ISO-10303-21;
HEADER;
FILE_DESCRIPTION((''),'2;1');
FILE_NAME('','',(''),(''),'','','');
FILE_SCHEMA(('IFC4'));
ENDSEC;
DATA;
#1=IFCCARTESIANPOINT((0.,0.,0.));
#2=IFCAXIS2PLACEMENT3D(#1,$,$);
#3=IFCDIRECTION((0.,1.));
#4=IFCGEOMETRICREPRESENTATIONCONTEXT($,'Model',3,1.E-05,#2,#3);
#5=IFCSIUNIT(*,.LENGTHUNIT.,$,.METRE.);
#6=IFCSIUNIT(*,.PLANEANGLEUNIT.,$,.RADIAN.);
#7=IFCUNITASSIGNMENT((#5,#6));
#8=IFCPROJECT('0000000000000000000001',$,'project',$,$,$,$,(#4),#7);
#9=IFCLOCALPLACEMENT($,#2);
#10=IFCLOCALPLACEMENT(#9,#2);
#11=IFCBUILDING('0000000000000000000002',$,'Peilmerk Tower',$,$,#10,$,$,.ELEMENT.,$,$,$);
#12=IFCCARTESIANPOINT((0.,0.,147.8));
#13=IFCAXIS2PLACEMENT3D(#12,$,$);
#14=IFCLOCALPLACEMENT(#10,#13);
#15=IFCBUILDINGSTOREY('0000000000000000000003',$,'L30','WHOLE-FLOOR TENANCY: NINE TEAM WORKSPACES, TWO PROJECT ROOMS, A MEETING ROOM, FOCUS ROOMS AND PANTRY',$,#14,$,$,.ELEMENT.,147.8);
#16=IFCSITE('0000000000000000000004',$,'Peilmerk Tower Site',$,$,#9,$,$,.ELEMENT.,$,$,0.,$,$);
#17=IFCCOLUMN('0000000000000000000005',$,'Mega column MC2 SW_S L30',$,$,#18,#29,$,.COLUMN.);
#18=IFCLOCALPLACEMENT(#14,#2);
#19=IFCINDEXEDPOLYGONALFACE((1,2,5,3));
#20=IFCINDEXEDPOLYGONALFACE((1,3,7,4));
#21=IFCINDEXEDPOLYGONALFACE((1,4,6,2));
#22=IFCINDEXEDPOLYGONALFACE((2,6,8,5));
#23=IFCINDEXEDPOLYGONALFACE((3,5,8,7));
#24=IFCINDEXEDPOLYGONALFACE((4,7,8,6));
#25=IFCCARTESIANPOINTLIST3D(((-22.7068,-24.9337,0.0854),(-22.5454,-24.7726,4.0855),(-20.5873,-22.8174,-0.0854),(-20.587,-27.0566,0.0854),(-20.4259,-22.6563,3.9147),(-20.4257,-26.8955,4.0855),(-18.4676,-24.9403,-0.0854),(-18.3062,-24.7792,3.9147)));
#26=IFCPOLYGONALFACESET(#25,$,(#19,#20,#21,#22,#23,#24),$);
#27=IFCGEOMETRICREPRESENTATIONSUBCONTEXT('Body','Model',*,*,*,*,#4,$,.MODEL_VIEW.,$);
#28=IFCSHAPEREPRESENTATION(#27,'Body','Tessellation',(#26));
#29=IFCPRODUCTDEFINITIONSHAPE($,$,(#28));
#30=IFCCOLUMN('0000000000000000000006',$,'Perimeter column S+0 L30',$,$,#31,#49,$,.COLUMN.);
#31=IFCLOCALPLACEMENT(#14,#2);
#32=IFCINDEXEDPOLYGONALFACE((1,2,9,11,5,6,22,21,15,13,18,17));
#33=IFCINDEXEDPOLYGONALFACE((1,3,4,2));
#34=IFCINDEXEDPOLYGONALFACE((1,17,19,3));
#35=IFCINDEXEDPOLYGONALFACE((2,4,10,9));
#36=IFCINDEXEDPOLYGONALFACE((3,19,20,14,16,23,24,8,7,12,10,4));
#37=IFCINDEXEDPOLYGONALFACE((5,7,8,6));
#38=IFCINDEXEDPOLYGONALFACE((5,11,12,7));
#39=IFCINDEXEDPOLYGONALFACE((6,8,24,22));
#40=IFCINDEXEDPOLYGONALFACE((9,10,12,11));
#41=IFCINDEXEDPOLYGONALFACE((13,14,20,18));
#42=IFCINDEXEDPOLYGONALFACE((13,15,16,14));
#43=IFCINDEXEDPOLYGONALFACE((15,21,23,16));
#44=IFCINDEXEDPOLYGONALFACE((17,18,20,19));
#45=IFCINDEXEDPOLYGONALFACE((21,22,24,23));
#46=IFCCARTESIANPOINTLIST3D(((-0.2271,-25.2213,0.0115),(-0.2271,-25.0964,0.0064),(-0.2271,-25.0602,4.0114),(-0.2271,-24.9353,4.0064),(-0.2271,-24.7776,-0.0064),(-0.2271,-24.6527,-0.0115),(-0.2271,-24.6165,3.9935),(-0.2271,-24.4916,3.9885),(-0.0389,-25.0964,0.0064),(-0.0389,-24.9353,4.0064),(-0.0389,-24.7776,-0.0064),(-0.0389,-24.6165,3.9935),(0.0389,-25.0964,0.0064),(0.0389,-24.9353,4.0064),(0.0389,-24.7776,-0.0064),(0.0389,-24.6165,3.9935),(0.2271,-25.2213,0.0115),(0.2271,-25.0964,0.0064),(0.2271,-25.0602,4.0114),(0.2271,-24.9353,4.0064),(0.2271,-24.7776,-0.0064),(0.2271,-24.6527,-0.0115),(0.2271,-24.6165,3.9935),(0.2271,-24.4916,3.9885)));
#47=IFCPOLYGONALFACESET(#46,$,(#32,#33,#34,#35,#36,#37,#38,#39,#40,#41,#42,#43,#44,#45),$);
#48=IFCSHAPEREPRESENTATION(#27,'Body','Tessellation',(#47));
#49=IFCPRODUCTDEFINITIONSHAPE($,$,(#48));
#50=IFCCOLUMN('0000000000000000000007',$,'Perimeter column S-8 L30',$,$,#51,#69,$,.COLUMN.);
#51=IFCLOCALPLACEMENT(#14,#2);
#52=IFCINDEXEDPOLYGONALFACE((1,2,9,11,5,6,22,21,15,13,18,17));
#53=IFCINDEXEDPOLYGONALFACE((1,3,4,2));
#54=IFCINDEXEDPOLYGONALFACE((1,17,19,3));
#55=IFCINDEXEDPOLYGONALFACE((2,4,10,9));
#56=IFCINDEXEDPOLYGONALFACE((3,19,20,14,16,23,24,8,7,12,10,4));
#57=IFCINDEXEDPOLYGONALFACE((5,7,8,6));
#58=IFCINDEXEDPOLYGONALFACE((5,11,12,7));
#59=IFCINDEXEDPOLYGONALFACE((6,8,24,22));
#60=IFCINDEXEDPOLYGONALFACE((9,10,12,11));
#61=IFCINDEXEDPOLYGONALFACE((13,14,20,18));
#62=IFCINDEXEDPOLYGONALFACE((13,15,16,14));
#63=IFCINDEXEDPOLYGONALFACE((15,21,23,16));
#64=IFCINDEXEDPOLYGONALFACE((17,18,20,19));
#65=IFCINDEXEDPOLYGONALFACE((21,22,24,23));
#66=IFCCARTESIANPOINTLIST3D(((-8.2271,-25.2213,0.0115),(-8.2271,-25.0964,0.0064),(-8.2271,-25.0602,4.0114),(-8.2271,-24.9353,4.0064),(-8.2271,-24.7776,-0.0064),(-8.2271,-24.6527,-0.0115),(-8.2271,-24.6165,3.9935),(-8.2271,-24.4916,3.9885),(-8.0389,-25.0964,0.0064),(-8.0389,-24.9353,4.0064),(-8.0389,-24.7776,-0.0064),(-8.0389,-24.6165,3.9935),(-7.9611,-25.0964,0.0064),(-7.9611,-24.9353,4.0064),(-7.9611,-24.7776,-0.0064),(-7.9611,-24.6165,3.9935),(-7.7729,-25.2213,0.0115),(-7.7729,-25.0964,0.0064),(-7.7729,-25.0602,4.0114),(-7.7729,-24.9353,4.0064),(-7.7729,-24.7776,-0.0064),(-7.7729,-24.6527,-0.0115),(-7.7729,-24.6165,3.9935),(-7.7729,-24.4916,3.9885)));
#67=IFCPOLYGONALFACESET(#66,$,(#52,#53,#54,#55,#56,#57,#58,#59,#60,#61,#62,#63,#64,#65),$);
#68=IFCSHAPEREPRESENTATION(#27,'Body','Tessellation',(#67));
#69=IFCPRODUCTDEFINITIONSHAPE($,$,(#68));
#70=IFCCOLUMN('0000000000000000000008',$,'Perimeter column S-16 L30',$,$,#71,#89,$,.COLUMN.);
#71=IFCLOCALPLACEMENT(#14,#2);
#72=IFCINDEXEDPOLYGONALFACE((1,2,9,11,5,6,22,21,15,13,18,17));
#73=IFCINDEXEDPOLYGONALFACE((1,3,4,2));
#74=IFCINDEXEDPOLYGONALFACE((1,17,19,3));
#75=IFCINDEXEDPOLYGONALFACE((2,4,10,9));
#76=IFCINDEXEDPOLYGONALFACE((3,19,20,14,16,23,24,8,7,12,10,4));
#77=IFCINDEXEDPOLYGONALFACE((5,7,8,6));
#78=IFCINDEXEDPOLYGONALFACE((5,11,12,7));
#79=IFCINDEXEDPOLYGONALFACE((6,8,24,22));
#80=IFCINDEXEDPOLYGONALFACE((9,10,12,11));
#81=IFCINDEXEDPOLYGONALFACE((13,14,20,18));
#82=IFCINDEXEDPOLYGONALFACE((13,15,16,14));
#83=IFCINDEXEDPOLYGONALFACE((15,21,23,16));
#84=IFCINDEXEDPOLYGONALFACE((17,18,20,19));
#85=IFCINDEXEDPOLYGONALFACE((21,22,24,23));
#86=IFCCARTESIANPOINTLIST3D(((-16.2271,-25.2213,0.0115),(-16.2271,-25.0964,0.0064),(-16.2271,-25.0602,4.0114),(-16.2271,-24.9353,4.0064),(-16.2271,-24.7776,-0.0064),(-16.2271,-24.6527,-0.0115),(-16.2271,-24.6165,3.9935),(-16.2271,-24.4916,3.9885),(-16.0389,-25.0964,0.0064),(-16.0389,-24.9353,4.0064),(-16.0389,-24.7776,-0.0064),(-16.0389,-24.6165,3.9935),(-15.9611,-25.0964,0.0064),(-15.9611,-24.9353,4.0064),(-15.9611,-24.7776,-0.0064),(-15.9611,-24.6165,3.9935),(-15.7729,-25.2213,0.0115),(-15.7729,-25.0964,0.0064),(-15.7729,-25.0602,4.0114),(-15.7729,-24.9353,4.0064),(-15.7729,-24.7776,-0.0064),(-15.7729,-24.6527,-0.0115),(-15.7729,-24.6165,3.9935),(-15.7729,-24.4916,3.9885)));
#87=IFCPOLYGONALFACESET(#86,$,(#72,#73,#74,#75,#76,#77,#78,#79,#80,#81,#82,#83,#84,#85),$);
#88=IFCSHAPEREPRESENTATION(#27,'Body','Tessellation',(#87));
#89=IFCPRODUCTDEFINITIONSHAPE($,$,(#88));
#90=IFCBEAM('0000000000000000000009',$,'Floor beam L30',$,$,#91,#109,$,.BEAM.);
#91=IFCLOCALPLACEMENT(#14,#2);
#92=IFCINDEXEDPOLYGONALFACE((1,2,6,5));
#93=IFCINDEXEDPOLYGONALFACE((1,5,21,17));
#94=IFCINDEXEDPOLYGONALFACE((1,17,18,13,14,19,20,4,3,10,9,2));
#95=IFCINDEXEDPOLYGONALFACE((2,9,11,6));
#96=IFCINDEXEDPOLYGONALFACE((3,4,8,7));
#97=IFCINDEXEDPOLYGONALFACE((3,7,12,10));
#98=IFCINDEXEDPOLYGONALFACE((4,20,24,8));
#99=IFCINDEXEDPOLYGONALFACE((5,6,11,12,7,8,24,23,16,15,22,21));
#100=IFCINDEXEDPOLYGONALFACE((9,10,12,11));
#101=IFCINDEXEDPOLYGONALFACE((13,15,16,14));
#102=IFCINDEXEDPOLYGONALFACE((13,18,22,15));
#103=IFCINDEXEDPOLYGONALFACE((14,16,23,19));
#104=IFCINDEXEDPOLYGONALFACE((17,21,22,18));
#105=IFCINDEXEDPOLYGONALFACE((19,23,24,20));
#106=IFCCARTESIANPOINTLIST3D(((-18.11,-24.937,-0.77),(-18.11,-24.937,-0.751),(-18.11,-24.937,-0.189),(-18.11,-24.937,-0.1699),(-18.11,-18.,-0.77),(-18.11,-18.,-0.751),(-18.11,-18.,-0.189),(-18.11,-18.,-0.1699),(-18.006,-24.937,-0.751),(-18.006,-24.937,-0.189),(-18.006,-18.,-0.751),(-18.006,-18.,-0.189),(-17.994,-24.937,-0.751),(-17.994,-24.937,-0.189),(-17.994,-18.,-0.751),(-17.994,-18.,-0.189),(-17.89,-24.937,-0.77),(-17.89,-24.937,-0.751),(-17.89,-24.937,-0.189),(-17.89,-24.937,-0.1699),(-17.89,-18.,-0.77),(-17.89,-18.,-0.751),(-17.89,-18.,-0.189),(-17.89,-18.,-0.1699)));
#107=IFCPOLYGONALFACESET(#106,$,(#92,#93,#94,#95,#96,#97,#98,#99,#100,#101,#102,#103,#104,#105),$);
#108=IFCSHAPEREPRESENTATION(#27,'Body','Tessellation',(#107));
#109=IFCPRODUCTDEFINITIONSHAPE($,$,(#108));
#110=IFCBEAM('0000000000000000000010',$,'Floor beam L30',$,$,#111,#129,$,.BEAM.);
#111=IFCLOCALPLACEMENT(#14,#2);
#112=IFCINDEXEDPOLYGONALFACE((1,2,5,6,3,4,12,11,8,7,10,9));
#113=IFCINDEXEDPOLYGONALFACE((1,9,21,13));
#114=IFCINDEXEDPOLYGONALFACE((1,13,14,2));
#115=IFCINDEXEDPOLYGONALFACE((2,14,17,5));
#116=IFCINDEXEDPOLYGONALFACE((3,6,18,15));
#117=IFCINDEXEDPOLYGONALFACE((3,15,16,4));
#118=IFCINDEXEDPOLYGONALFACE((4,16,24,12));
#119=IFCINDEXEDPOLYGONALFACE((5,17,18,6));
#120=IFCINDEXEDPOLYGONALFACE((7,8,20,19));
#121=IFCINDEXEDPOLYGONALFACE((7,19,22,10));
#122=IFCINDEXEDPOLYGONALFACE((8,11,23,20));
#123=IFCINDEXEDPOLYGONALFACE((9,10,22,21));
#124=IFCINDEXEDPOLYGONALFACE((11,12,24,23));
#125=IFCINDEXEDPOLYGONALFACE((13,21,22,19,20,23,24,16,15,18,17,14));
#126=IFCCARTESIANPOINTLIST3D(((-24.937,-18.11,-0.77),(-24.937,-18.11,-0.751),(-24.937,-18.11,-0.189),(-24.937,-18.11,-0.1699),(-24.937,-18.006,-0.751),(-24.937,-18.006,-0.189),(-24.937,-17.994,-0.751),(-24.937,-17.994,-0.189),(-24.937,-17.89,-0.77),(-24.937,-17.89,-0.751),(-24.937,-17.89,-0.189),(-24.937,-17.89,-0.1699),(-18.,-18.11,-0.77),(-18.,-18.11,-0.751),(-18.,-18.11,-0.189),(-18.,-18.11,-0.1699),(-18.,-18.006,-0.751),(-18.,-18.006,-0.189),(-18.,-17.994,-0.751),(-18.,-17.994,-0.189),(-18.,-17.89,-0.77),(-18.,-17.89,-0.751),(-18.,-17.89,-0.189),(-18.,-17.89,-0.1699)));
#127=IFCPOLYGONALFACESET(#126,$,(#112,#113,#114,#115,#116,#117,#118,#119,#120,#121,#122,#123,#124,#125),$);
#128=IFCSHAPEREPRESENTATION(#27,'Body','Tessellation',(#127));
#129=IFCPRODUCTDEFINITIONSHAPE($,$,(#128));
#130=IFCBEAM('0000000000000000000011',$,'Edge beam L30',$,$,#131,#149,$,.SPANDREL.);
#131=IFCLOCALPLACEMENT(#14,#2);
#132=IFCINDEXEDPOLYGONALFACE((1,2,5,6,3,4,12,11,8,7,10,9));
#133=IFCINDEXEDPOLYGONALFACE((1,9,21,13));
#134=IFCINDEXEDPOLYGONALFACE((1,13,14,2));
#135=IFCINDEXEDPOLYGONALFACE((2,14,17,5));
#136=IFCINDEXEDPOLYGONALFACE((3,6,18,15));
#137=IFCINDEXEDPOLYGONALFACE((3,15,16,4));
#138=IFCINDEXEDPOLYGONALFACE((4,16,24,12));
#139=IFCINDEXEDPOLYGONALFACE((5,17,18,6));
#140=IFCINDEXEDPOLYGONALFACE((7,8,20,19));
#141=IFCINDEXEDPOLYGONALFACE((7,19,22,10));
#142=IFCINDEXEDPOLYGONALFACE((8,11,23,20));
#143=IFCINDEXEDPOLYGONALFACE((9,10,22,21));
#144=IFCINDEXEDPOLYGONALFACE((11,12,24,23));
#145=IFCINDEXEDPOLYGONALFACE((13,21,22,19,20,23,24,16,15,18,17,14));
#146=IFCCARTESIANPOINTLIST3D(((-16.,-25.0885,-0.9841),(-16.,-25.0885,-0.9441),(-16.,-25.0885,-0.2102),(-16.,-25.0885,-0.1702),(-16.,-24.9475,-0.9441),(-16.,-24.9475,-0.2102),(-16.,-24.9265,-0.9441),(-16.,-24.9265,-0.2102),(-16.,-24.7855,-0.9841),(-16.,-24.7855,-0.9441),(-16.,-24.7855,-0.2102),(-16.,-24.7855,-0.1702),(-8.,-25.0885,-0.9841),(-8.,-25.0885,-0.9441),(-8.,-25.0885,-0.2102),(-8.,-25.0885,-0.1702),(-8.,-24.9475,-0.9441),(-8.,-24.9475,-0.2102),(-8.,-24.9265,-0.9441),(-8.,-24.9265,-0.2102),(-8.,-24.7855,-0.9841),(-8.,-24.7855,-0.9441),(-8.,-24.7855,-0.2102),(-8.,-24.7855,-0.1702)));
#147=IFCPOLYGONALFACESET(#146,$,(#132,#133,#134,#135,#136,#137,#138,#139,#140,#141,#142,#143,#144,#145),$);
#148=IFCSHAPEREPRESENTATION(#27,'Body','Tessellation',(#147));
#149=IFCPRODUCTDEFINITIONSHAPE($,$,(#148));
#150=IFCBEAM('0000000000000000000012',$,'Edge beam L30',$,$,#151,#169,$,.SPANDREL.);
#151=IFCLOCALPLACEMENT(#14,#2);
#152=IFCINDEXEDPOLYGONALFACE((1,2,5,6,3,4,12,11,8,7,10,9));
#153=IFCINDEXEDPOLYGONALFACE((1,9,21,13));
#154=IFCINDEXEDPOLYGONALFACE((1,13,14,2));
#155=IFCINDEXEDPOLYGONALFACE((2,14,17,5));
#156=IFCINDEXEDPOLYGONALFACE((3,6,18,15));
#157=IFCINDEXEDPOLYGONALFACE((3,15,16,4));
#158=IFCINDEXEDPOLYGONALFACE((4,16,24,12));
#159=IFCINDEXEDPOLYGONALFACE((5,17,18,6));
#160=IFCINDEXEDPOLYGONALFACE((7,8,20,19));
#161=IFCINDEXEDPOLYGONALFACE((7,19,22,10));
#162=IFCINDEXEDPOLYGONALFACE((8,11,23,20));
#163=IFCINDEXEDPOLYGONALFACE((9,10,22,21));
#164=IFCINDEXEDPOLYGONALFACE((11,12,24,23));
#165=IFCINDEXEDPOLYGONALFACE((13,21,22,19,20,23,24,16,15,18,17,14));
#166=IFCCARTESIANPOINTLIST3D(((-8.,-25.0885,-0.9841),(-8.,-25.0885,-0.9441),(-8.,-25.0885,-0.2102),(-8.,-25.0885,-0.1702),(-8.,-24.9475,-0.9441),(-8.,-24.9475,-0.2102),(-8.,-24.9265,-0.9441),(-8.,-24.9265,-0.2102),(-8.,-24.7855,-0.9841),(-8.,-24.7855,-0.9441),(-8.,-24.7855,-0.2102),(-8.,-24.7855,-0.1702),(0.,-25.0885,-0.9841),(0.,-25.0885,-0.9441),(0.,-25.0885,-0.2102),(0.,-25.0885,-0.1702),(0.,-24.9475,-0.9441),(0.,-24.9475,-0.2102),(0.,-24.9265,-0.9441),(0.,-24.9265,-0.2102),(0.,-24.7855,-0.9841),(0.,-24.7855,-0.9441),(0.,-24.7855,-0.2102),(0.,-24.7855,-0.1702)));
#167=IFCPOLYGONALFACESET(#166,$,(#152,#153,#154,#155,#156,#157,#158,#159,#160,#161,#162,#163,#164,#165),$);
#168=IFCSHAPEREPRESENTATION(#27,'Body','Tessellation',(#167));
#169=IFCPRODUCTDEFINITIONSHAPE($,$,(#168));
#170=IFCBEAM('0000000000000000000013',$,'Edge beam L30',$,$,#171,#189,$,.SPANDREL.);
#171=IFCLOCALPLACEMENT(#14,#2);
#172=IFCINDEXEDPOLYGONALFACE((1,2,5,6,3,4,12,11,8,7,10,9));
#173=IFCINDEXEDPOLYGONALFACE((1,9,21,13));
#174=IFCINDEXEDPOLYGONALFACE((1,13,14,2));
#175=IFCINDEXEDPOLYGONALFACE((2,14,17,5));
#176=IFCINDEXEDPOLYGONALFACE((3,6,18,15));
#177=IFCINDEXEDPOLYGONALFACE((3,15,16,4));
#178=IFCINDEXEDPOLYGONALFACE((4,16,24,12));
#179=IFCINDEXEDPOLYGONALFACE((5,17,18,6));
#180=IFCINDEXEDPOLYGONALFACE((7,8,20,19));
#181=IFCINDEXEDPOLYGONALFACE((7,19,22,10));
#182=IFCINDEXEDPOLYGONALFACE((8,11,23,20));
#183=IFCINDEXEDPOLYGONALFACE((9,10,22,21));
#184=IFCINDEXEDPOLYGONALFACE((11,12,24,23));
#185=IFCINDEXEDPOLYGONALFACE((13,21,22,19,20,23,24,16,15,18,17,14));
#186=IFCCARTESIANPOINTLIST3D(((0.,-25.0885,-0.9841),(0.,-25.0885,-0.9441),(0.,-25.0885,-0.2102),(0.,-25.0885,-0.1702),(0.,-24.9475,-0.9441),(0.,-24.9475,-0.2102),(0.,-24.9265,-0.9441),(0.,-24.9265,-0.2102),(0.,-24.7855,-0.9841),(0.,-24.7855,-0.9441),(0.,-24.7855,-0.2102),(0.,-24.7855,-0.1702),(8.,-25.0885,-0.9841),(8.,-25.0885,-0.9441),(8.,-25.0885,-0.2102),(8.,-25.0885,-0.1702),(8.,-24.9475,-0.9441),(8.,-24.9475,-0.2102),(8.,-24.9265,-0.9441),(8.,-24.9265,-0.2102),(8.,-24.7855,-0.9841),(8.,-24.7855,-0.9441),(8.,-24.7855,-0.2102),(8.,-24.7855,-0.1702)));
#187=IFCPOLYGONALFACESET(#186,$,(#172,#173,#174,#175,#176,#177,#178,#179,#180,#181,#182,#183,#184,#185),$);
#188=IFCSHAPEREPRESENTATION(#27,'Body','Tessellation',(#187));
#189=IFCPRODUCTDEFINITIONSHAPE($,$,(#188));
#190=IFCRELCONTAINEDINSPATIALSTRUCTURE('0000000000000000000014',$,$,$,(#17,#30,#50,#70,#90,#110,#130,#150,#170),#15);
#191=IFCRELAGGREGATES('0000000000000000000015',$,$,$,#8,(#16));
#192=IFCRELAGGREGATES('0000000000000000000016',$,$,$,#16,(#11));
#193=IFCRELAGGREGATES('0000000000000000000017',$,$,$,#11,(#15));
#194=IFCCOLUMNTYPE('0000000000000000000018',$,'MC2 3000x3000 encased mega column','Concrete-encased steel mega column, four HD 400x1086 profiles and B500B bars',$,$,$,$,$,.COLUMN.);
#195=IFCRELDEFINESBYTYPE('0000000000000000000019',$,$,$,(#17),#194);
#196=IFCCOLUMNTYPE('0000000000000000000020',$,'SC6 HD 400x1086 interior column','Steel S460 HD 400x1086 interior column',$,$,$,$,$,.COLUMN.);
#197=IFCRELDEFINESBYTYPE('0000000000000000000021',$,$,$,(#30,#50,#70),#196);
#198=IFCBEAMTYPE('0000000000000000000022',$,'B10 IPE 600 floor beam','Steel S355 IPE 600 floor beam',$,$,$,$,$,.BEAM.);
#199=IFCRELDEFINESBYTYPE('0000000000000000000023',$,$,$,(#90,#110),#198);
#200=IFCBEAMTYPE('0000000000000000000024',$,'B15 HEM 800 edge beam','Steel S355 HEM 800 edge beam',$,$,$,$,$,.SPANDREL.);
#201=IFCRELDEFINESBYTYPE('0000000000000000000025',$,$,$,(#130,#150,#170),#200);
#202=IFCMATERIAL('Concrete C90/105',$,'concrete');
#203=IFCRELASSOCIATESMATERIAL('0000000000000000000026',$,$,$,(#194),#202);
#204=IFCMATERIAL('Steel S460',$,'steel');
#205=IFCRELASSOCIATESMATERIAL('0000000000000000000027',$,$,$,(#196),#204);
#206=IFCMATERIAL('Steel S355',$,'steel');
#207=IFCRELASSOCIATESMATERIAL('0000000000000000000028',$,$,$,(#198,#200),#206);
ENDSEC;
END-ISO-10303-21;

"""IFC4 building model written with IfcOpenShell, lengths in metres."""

from ifc_helpers import new_model, si_unit, direction, frame, origin, origin_2d, place, context, subcontext, project, spatial, rectangle, i_section, extrude, material, material_profile, profile_set, type_object, element, save


model = new_model("IFC4")

# Units and contexts
model_context = context("Model", 3, precision=1e-05, world=origin(), true_north=direction((0.0, 1.0)))
body_context = subcontext(model_context, "Body", "Model", "MODEL_VIEW")
ifc_project = project(units=[si_unit("LENGTHUNIT", "METRE"), si_unit("PLANEANGLEUNIT", "RADIAN")], contexts=[model_context])

# Site, building, storey
site_placement = place(None, origin())
site = spatial("IfcSite", under=ifc_project, at=site_placement, Name="Peilmerk Tower Site", CompositionType="ELEMENT", RefElevation=0.0)
building_placement = place(site_placement, origin())
building = spatial("IfcBuilding", under=site, at=building_placement, Name="Peilmerk Tower", CompositionType="ELEMENT")
storey_placement = place(building_placement, frame((0.0, 0.0, 147.8)))
storey = spatial("IfcBuildingStorey", under=building, at=storey_placement, Name="L30", Description="WHOLE-FLOOR TENANCY: NINE TEAM WORKSPACES, TWO PROJECT ROOMS, A MEETING ROOM, FOCUS ROOMS AND PANTRY", CompositionType="ELEMENT", Elevation=147.8)

# Columns
ifc_material_1 = material(Name="Concrete C90/105", Category="concrete")
ifc_material_profile_1 = material_profile(ifc_material_1, rectangle(XDim=3.0, YDim=3.0, at=origin_2d()), Name="RC 3000x3000")
ifc_profile_set_1 = profile_set([ifc_material_profile_1], Name="Concrete C90/105")
column_type_1 = type_object("IfcColumnType", Name="MC2 3000x3000 encased mega column", Description="Concrete-encased steel mega column, four HD 400x1086 profiles and B500B bars", PredefinedType="COLUMN", material=ifc_profile_set_1)
column_placement = place(storey_placement, frame((-20.5872, -24.937, 0.0), z_axis=(0.040279, 0.040218, 0.998379), x_axis=(-0.706571, 0.707642, 0.0)))
element("IfcColumn", 1, at=column_placement, inside=storey, type_object=column_type_1, Name="Mega column MC2 SW_S L30", PredefinedType="COLUMN", context=body_context, shape_type="SweptSolid", body=[
    extrude(rectangle(XDim=3.0, YDim=3.0, at=origin_2d()), origin(), (0.0, 0.0, 1.0), 4.0066),
])
ifc_material_2 = material(Name="Steel S460", Category="steel")
ifc_material_profile_2 = material_profile(ifc_material_2, i_section(OverallWidth=0.4541, OverallDepth=0.5691, WebThickness=0.0779, FlangeThickness=0.125, at=origin_2d()), Name="HD 400x1086")
ifc_profile_set_2 = profile_set([ifc_material_profile_2], Name="Steel S460")
column_type_2 = type_object("IfcColumnType", Name="SC6 HD 400x1086 interior column", Description="Steel S460 HD 400x1086 interior column", PredefinedType="COLUMN", material=ifc_profile_set_2)
for number, where, z_axis, x_axis, name in (
    (2, (0.0, -24.937, 0.0), (0.0, 0.040251, 0.99919), (-1.0, 0.0, 0.0), "Perimeter column S+0 L30"),
    (3, (-8.0, -24.937, 0.0), (0.0, 0.040251, 0.99919), (-1.0, 0.0, 0.0), "Perimeter column S-8 L30"),
    (4, (-16.0, -24.937, 0.0), (0.0, 0.040251, 0.99919), (-1.0, 0.0, 0.0), "Perimeter column S-16 L30"),
):
    element("IfcColumn", number, at=place(storey_placement, frame(where, z_axis=z_axis, x_axis=x_axis)), inside=storey, type_object=column_type_2, Name=name, PredefinedType="COLUMN", context=body_context, shape_type="SweptSolid", body=[
        extrude(i_section(OverallWidth=0.4541, OverallDepth=0.5691, WebThickness=0.0779, FlangeThickness=0.125, at=origin_2d()), origin(), (0.0, 0.0, 1.0), 4.0032),
    ])

# Beams
ifc_material_3 = material(Name="Steel S355", Category="steel")
ifc_material_profile_3 = material_profile(ifc_material_3, i_section(OverallWidth=0.22, OverallDepth=0.6001, WebThickness=0.012, FlangeThickness=0.019, at=origin_2d()), Name="IPE 600")
ifc_profile_set_3 = profile_set([ifc_material_profile_3], Name="Steel S355")
beam_type_1 = type_object("IfcBeamType", Name="B10 IPE 600 floor beam", Description="Steel S355 IPE 600 floor beam", PredefinedType="BEAM", material=ifc_profile_set_3)
for number, where, z_axis, x_axis, name in (
    (5, (-18.0, -18.0, -0.47), (0.0, -1.0, 0.0), (1.0, 0.0, 0.0), "Floor beam L30"),
    (6, (-18.0, -18.0, -0.47), (-1.0, 0.0, 0.0), (0.0, -1.0, 0.0), "Floor beam L30"),
):
    element("IfcBeam", number, at=place(storey_placement, frame(where, z_axis=z_axis, x_axis=x_axis)), inside=storey, type_object=beam_type_1, Name=name, PredefinedType="BEAM", context=body_context, shape_type="SweptSolid", body=[
        extrude(i_section(OverallWidth=0.22, OverallDepth=0.6001, WebThickness=0.012, FlangeThickness=0.019, at=origin_2d()), origin(), (0.0, 0.0, 1.0), 6.937),
    ])
ifc_material_profile_4 = material_profile(ifc_material_3, i_section(OverallWidth=0.303, OverallDepth=0.814, WebThickness=0.021, FlangeThickness=0.04, at=origin_2d()), Name="HEM 800")
ifc_profile_set_4 = profile_set([ifc_material_profile_4], Name="Steel S355")
beam_type_2 = type_object("IfcBeamType", Name="B15 HEM 800 edge beam", Description="Steel S355 HEM 800 edge beam", PredefinedType="SPANDREL", material=ifc_profile_set_4)
for number, where, z_axis, x_axis, name in (
    (7, (-16.0, -24.937, -0.5771), (1.0, 0.0, 0.0), (0.0, 1.0, 0.0), "Edge beam L30"),
    (8, (-8.0, -24.937, -0.5771), (1.0, 0.0, 0.0), (0.0, 1.0, 0.0), "Edge beam L30"),
    (9, (0.0, -24.937, -0.5771), (1.0, 0.0, 0.0), (0.0, 1.0, 0.0), "Edge beam L30"),
):
    element("IfcBeam", number, at=place(storey_placement, frame(where, z_axis=z_axis, x_axis=x_axis)), inside=storey, type_object=beam_type_2, Name=name, PredefinedType="SPANDREL", context=body_context, shape_type="SweptSolid", body=[
        extrude(i_section(OverallWidth=0.303, OverallDepth=0.814, WebThickness=0.021, FlangeThickness=0.04, at=origin_2d()), origin(), (0.0, 0.0, 1.0), 8.0),
    ])

save(model, "model.ifc")
